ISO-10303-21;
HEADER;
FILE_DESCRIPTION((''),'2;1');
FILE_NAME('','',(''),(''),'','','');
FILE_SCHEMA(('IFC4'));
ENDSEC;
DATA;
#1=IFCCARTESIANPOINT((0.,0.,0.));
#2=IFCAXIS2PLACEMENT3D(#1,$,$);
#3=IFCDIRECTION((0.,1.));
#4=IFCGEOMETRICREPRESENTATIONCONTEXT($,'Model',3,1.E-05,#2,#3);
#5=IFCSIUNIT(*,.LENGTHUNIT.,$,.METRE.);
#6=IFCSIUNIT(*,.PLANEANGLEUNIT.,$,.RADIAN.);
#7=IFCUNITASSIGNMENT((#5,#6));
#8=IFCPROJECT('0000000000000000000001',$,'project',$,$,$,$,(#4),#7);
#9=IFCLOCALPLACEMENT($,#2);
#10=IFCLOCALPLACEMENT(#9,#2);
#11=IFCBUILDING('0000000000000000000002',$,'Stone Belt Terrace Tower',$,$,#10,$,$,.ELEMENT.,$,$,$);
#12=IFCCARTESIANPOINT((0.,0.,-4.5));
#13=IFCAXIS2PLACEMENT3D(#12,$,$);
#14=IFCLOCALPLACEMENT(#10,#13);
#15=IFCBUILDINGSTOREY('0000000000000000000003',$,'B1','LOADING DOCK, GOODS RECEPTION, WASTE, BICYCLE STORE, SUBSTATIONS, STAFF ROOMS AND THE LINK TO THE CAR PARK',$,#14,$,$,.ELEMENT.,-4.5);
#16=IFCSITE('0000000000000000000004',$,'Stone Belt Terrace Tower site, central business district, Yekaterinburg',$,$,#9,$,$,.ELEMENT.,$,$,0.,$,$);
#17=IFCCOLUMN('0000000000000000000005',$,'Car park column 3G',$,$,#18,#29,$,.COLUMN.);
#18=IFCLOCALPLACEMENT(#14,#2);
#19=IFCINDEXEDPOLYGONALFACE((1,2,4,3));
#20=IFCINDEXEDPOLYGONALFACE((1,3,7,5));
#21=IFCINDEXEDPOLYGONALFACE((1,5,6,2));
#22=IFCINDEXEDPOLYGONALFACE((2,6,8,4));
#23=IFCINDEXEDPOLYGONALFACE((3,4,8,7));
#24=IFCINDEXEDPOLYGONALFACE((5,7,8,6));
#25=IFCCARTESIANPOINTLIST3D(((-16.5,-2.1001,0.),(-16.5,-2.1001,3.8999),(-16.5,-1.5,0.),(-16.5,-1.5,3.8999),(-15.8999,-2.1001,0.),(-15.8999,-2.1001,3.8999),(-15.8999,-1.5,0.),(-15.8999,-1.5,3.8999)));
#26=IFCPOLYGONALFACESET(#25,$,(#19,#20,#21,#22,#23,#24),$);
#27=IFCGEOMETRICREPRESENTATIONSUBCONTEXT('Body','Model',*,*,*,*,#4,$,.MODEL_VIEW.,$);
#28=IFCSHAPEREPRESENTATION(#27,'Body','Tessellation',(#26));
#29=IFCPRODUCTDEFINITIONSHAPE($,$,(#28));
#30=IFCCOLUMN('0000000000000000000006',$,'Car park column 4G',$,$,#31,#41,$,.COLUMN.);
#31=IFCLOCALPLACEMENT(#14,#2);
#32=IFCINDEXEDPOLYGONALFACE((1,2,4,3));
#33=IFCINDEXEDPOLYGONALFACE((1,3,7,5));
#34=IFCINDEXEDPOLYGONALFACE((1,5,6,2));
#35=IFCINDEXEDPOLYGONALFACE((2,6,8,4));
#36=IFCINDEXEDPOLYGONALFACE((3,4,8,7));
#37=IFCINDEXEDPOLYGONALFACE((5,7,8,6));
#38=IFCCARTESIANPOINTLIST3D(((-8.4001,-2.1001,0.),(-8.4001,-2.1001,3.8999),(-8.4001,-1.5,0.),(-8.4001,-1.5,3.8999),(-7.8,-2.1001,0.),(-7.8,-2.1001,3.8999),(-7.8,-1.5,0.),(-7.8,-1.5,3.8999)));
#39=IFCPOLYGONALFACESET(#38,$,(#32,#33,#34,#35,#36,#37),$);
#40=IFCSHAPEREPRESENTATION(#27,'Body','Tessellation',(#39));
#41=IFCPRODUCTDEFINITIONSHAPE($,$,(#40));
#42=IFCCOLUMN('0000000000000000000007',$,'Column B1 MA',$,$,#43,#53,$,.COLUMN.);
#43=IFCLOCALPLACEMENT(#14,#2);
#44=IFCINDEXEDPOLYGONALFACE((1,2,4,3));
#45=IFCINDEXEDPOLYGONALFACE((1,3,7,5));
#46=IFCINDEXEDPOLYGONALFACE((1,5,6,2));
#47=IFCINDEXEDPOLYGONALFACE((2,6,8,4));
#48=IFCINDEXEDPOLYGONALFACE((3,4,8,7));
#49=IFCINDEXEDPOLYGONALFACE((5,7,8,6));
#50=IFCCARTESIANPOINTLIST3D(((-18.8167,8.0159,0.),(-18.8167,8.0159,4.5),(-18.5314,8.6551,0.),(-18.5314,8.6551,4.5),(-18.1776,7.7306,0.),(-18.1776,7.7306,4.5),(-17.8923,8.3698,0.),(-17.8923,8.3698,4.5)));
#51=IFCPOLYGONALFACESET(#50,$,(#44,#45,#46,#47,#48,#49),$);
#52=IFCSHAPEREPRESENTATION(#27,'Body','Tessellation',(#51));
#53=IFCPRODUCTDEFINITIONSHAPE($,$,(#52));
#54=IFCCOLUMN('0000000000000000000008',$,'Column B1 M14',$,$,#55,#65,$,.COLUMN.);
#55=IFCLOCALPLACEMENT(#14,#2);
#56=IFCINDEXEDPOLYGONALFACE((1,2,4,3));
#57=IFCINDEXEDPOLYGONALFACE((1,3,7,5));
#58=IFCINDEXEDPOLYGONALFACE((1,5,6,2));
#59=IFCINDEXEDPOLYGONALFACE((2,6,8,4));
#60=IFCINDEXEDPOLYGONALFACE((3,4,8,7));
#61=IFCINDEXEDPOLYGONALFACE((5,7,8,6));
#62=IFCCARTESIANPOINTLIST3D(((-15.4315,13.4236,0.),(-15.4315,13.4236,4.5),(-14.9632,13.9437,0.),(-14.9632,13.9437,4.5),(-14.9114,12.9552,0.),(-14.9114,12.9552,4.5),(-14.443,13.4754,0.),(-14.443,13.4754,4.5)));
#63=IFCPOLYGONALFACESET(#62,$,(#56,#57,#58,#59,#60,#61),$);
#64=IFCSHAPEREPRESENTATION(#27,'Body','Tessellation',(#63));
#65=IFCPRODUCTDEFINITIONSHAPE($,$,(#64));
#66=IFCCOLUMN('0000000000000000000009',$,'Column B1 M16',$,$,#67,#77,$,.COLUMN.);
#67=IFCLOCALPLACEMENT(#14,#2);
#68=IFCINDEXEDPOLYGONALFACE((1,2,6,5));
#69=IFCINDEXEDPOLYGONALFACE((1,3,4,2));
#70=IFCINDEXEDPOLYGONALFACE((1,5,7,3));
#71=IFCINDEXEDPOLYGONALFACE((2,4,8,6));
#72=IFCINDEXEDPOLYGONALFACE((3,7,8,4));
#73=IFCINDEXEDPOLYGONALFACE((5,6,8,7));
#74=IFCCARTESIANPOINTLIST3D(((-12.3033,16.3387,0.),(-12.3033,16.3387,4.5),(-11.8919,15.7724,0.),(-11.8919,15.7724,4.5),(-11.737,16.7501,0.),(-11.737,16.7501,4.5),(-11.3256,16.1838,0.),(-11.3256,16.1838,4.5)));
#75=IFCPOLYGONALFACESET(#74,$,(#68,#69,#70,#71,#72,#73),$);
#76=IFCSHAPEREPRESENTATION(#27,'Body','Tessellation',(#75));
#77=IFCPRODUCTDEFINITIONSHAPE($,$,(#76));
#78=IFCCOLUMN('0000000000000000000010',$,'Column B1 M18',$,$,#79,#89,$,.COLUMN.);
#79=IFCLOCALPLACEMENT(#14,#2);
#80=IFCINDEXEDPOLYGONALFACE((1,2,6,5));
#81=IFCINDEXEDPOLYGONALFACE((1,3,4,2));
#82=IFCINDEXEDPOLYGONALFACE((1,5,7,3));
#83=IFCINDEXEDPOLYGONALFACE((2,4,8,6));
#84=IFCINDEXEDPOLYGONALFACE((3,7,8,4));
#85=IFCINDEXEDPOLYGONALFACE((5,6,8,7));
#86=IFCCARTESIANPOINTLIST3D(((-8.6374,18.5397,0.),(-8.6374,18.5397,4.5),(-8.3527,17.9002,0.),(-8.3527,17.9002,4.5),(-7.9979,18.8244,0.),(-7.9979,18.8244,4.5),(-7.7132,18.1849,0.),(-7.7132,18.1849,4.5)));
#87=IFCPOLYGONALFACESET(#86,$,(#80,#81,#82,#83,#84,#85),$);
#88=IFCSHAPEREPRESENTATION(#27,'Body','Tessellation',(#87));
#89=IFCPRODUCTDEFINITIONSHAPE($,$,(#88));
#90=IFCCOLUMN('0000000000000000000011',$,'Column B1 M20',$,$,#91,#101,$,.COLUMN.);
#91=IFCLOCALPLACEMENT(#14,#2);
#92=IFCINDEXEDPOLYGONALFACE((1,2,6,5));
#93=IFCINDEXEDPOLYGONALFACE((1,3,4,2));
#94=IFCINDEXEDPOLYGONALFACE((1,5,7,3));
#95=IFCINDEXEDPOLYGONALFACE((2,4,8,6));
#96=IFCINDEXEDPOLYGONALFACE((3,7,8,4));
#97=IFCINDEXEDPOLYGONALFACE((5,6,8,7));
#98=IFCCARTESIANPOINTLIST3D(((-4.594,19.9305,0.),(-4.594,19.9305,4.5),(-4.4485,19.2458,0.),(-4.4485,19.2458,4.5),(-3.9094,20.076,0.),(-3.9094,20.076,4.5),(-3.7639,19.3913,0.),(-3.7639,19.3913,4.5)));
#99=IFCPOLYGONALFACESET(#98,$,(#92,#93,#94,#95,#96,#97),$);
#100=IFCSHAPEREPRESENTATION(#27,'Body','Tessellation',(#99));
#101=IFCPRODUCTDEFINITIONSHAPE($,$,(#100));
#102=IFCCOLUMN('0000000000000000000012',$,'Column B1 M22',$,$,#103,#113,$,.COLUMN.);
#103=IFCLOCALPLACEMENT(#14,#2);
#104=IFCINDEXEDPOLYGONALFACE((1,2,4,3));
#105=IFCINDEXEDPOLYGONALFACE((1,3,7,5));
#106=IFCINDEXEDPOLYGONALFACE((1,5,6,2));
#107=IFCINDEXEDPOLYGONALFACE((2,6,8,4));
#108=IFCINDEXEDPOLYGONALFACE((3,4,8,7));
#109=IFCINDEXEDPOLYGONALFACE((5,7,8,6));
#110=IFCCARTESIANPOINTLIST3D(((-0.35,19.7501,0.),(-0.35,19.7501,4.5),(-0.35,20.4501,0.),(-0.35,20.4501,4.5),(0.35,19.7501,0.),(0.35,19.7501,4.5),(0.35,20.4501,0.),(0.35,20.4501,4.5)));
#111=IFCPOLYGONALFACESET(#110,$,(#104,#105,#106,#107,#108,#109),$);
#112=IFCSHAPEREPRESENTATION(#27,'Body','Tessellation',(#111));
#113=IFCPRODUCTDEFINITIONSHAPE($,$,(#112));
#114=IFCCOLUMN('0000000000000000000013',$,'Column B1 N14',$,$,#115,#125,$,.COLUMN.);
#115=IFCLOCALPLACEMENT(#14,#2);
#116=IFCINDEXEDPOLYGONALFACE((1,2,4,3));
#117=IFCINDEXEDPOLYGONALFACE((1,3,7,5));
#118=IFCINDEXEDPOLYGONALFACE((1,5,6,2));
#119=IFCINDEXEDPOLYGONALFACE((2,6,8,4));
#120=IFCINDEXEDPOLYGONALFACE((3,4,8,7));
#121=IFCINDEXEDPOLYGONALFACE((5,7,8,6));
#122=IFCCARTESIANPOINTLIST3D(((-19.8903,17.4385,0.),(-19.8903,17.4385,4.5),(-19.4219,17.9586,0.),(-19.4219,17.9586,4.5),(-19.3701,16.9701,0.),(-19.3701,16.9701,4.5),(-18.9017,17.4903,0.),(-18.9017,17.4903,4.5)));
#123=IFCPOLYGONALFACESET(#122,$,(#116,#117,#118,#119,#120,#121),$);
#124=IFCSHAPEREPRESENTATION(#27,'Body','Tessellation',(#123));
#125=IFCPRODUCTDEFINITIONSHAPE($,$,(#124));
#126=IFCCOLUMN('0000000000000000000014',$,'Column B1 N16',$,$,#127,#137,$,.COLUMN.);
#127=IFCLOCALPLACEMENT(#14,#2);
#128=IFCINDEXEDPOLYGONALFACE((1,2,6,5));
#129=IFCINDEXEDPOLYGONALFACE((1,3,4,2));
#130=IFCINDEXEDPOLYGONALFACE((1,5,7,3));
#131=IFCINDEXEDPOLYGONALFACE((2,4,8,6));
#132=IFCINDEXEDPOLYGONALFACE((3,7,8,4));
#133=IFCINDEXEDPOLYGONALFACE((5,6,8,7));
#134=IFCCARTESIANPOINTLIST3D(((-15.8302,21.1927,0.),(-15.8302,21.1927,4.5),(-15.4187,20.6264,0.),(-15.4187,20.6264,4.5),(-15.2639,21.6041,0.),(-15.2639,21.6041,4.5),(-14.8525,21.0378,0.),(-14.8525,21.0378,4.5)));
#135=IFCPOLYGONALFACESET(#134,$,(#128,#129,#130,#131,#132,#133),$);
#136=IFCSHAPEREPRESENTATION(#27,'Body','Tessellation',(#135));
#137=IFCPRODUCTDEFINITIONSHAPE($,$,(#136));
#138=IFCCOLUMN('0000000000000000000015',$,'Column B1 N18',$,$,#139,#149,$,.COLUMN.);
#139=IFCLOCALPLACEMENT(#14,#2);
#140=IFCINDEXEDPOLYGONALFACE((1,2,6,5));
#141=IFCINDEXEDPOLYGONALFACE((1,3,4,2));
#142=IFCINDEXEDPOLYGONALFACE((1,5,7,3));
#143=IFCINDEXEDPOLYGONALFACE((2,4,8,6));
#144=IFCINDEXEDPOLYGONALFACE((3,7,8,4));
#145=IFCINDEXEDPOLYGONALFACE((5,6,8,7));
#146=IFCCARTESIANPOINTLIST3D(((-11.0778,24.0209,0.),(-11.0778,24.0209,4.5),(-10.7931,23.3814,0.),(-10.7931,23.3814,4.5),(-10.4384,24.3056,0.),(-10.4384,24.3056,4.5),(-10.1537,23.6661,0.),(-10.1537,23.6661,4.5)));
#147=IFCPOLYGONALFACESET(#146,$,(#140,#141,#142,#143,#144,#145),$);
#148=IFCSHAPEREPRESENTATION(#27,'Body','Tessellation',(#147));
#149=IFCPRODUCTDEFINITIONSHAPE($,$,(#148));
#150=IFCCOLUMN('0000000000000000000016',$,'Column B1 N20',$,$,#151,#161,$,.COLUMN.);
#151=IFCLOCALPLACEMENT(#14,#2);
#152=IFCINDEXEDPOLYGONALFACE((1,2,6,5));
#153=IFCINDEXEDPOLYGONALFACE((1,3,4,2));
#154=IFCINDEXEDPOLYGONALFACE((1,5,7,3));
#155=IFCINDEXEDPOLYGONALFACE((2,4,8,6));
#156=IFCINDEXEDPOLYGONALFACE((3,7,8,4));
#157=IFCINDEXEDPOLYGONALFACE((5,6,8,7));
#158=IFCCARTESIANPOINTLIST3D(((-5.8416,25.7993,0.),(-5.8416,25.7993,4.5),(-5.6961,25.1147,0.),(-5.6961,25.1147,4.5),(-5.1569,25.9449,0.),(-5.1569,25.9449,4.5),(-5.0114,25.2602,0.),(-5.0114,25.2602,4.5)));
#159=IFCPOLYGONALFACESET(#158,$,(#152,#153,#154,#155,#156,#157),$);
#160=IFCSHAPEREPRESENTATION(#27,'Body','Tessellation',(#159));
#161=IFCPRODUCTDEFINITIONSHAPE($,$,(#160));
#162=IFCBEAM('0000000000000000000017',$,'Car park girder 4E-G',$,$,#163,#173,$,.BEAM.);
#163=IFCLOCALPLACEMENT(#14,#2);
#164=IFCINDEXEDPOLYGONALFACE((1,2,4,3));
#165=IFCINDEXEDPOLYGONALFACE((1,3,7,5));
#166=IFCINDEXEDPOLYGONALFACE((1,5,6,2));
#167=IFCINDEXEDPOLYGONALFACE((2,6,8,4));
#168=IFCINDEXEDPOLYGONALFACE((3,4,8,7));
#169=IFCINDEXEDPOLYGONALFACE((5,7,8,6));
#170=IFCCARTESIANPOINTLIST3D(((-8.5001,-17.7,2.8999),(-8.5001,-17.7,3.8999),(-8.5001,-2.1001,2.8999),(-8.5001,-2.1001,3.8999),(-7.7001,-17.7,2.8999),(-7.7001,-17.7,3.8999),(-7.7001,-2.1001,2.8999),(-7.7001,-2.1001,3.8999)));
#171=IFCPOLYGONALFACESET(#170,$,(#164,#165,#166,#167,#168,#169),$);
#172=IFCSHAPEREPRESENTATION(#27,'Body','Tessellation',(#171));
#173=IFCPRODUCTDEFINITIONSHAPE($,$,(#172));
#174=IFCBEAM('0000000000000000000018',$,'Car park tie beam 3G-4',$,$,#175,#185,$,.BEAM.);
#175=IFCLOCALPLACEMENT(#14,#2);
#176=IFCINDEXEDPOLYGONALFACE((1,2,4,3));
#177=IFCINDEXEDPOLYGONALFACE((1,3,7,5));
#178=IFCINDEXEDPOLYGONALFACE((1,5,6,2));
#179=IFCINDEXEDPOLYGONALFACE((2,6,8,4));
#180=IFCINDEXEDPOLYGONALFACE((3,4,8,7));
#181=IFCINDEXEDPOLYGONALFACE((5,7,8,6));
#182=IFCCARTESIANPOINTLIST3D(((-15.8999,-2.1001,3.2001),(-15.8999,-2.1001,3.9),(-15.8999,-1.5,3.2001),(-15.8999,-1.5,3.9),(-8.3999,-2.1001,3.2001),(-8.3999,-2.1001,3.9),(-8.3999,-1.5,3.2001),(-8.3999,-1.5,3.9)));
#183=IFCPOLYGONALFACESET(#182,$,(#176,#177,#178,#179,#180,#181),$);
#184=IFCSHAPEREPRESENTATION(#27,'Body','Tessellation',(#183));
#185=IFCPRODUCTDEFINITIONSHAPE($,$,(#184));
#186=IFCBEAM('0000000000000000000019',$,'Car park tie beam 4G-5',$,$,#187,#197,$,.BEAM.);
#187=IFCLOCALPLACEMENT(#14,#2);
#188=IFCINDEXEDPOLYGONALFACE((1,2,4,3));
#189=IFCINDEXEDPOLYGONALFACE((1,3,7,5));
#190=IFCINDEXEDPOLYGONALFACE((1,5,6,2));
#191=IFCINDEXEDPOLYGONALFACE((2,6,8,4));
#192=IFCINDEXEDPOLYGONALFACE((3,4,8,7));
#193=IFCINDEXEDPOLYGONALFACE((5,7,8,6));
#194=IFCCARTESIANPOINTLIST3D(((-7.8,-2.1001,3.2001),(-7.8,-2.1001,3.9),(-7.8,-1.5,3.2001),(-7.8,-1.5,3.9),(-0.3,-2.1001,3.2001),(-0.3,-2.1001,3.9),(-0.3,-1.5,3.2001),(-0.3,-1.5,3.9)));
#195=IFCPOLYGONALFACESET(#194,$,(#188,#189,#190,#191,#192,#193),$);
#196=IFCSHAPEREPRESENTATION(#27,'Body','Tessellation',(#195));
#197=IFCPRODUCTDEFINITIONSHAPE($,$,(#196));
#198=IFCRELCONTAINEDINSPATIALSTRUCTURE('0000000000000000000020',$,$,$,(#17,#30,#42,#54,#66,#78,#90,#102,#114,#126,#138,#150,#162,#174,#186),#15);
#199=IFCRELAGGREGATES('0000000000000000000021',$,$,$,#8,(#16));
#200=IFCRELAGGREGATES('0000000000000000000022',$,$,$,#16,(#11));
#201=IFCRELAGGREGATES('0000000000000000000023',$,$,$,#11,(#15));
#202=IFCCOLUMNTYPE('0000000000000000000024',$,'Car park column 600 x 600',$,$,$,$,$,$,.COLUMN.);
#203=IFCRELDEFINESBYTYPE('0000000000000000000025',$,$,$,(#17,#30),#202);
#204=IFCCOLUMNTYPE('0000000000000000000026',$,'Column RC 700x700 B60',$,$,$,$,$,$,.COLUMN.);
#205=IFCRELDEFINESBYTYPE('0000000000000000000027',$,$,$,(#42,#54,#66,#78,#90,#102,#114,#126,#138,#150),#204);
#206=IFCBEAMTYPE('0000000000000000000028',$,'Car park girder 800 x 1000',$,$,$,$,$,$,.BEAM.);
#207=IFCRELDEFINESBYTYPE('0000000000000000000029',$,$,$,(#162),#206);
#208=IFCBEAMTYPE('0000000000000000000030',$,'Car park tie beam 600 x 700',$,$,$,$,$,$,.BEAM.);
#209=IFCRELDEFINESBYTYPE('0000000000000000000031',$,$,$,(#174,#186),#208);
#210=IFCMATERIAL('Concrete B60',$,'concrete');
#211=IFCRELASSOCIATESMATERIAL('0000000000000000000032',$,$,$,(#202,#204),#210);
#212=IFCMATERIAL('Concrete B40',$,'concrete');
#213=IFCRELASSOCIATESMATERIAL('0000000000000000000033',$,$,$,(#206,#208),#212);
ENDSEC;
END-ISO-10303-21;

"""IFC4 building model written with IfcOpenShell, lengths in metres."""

from ifc_helpers import new_model, si_unit, direction, frame, origin, origin_2d, place, context, subcontext, project, spatial, rectangle, extrude, material, material_profile, profile_set, type_object, element, save


model = new_model("IFC4")

# Units and contexts
model_context = context("Model", 3, precision=1e-05, world=origin(), true_north=direction((0.0, 1.0)))
body_context = subcontext(model_context, "Body", "Model", "MODEL_VIEW")
ifc_project = project(units=[si_unit("LENGTHUNIT", "METRE"), si_unit("PLANEANGLEUNIT", "RADIAN")], contexts=[model_context])

# Site, building, storey
site_placement = place(None, origin())
site = spatial("IfcSite", under=ifc_project, at=site_placement, Name="Stone Belt Terrace Tower site, central business district, Yekaterinburg", CompositionType="ELEMENT", RefElevation=0.0)
building_placement = place(site_placement, origin())
building = spatial("IfcBuilding", under=site, at=building_placement, Name="Stone Belt Terrace Tower", CompositionType="ELEMENT")
storey_placement = place(building_placement, frame((0.0, 0.0, -4.5)))
storey = spatial("IfcBuildingStorey", under=building, at=storey_placement, Name="B1", Description="LOADING DOCK, GOODS RECEPTION, WASTE, BICYCLE STORE, SUBSTATIONS, STAFF ROOMS AND THE LINK TO THE CAR PARK", CompositionType="ELEMENT", Elevation=-4.5)

# Columns
ifc_material_1 = material(Name="Concrete B60", Category="concrete")
ifc_material_profile_1 = material_profile(ifc_material_1, rectangle(XDim=0.6001, YDim=0.6001, at=origin_2d()), Name="Car park column 600 x 600")
ifc_profile_set_1 = profile_set([ifc_material_profile_1], Name="Concrete B60")
column_type_1 = type_object("IfcColumnType", Name="Car park column 600 x 600", PredefinedType="COLUMN", material=ifc_profile_set_1)
for number, where, z_axis, x_axis, name in (
    (1, (-16.2, -1.8, 0.0), (0.0, 0.0, 1.0), (1.0, 0.0, 0.0), "Car park column 3G"),
    (2, (-8.1001, -1.8, 0.0), (0.0, 0.0, 1.0), (1.0, 0.0, 0.0), "Car park column 4G"),
):
    element("IfcColumn", number, at=place(storey_placement, frame(where, z_axis=z_axis, x_axis=x_axis)), inside=storey, type_object=column_type_1, Name=name, PredefinedType="COLUMN", context=body_context, shape_type="SweptSolid", body=[
        extrude(rectangle(XDim=0.6001, YDim=0.6001, at=origin_2d()), origin(), (0.0, 0.0, 1.0), 3.8999),
    ])
ifc_material_profile_2 = material_profile(ifc_material_1, rectangle(XDim=0.7, YDim=0.7, at=origin_2d()), Name="RC 700x700")
ifc_profile_set_2 = profile_set([ifc_material_profile_2], Name="Concrete B60")
column_type_2 = type_object("IfcColumnType", Name="Column RC 700x700 B60", PredefinedType="COLUMN", material=ifc_profile_set_2)
for number, where, z_axis, x_axis, name in (
    (3, (-18.3545, 8.1929, 0.0), (0.0, 0.0, 1.0), (0.407599, 0.913161, 0.0), "Column B1 MA"),
    (4, (-14.9373, 13.4495, 0.0), (0.0, 0.0, 1.0), (0.669131, 0.743145, 0.0), "Column B1 M14"),
    (5, (-11.8145, 16.2612, 0.0), (0.0, 0.0, 1.0), (0.809017, 0.587785, 0.0), "Column B1 M16"),
    (6, (-8.1753, 18.3623, 0.0), (0.0, 0.0, 1.0), (0.913545, 0.406737, 0.0), "Column B1 M18"),
    (7, (-4.179, 19.6609, 0.0), (0.0, 0.0, 1.0), (0.978148, 0.207912, 0.0), "Column B1 M20"),
    (8, (0.0, 20.1001, 0.0), (0.0, 0.0, 1.0), (1.0, 0.0, 0.0), "Column B1 M22"),
    (9, (-19.396, 17.4644, 0.0), (0.0, 0.0, 1.0), (0.669131, 0.743145, 0.0), "Column B1 N14"),
    (10, (-15.3413, 21.1152, 0.0), (0.0, 0.0, 1.0), (0.809017, 0.587785, 0.0), "Column B1 N16"),
    (11, (-10.6157, 23.8435, 0.0), (0.0, 0.0, 1.0), (0.913545, 0.406737, 0.0), "Column B1 N18"),
    (12, (-5.4265, 25.5298, 0.0), (0.0, 0.0, 1.0), (0.978148, 0.207912, 0.0), "Column B1 N20"),
):
    element("IfcColumn", number, at=place(storey_placement, frame(where, z_axis=z_axis, x_axis=x_axis)), inside=storey, type_object=column_type_2, Name=name, PredefinedType="COLUMN", context=body_context, shape_type="SweptSolid", body=[
        extrude(rectangle(XDim=0.7, YDim=0.7, at=origin_2d()), origin(), (0.0, 0.0, 1.0), 4.5),
    ])

# Beams
ifc_material_2 = material(Name="Concrete B40", Category="concrete")
ifc_material_profile_3 = material_profile(ifc_material_2, rectangle(XDim=0.8, YDim=1.0, at=origin_2d()), Name="Car park girder 800 x 1000")
ifc_profile_set_3 = profile_set([ifc_material_profile_3], Name="Concrete B40")
beam_type_1 = type_object("IfcBeamType", Name="Car park girder 800 x 1000", PredefinedType="BEAM", material=ifc_profile_set_3)
beam_placement = place(storey_placement, frame((-8.1001, -17.7, 3.3999), z_axis=(0.0, 1.0, 0.0), x_axis=(-1.0, 0.0, 0.0)))
element("IfcBeam", 13, at=beam_placement, inside=storey, type_object=beam_type_1, Name="Car park girder 4E-G", PredefinedType="BEAM", context=body_context, shape_type="SweptSolid", body=[
    extrude(rectangle(XDim=0.8, YDim=1.0, at=origin_2d()), origin(), (0.0, 0.0, 1.0), 15.5999),
])
ifc_material_profile_4 = material_profile(ifc_material_2, rectangle(XDim=0.6001, YDim=0.7, at=origin_2d()), Name="Car park tie beam 600 x 700")
ifc_profile_set_4 = profile_set([ifc_material_profile_4], Name="Concrete B40")
beam_type_2 = type_object("IfcBeamType", Name="Car park tie beam 600 x 700", PredefinedType="BEAM", material=ifc_profile_set_4)
for number, where, z_axis, x_axis, name in (
    (14, (-15.8999, -1.8, 3.55), (1.0, 0.0, 0.0), (0.0, 1.0, 0.0), "Car park tie beam 3G-4"),
    (15, (-7.8, -1.8, 3.55), (1.0, 0.0, 0.0), (0.0, 1.0, 0.0), "Car park tie beam 4G-5"),
):
    element("IfcBeam", number, at=place(storey_placement, frame(where, z_axis=z_axis, x_axis=x_axis)), inside=storey, type_object=beam_type_2, Name=name, PredefinedType="BEAM", context=body_context, shape_type="SweptSolid", body=[
        extrude(rectangle(XDim=0.6001, YDim=0.7, at=origin_2d()), origin(), (0.0, 0.0, 1.0), 7.5),
    ])

save(model, "model.ifc")
